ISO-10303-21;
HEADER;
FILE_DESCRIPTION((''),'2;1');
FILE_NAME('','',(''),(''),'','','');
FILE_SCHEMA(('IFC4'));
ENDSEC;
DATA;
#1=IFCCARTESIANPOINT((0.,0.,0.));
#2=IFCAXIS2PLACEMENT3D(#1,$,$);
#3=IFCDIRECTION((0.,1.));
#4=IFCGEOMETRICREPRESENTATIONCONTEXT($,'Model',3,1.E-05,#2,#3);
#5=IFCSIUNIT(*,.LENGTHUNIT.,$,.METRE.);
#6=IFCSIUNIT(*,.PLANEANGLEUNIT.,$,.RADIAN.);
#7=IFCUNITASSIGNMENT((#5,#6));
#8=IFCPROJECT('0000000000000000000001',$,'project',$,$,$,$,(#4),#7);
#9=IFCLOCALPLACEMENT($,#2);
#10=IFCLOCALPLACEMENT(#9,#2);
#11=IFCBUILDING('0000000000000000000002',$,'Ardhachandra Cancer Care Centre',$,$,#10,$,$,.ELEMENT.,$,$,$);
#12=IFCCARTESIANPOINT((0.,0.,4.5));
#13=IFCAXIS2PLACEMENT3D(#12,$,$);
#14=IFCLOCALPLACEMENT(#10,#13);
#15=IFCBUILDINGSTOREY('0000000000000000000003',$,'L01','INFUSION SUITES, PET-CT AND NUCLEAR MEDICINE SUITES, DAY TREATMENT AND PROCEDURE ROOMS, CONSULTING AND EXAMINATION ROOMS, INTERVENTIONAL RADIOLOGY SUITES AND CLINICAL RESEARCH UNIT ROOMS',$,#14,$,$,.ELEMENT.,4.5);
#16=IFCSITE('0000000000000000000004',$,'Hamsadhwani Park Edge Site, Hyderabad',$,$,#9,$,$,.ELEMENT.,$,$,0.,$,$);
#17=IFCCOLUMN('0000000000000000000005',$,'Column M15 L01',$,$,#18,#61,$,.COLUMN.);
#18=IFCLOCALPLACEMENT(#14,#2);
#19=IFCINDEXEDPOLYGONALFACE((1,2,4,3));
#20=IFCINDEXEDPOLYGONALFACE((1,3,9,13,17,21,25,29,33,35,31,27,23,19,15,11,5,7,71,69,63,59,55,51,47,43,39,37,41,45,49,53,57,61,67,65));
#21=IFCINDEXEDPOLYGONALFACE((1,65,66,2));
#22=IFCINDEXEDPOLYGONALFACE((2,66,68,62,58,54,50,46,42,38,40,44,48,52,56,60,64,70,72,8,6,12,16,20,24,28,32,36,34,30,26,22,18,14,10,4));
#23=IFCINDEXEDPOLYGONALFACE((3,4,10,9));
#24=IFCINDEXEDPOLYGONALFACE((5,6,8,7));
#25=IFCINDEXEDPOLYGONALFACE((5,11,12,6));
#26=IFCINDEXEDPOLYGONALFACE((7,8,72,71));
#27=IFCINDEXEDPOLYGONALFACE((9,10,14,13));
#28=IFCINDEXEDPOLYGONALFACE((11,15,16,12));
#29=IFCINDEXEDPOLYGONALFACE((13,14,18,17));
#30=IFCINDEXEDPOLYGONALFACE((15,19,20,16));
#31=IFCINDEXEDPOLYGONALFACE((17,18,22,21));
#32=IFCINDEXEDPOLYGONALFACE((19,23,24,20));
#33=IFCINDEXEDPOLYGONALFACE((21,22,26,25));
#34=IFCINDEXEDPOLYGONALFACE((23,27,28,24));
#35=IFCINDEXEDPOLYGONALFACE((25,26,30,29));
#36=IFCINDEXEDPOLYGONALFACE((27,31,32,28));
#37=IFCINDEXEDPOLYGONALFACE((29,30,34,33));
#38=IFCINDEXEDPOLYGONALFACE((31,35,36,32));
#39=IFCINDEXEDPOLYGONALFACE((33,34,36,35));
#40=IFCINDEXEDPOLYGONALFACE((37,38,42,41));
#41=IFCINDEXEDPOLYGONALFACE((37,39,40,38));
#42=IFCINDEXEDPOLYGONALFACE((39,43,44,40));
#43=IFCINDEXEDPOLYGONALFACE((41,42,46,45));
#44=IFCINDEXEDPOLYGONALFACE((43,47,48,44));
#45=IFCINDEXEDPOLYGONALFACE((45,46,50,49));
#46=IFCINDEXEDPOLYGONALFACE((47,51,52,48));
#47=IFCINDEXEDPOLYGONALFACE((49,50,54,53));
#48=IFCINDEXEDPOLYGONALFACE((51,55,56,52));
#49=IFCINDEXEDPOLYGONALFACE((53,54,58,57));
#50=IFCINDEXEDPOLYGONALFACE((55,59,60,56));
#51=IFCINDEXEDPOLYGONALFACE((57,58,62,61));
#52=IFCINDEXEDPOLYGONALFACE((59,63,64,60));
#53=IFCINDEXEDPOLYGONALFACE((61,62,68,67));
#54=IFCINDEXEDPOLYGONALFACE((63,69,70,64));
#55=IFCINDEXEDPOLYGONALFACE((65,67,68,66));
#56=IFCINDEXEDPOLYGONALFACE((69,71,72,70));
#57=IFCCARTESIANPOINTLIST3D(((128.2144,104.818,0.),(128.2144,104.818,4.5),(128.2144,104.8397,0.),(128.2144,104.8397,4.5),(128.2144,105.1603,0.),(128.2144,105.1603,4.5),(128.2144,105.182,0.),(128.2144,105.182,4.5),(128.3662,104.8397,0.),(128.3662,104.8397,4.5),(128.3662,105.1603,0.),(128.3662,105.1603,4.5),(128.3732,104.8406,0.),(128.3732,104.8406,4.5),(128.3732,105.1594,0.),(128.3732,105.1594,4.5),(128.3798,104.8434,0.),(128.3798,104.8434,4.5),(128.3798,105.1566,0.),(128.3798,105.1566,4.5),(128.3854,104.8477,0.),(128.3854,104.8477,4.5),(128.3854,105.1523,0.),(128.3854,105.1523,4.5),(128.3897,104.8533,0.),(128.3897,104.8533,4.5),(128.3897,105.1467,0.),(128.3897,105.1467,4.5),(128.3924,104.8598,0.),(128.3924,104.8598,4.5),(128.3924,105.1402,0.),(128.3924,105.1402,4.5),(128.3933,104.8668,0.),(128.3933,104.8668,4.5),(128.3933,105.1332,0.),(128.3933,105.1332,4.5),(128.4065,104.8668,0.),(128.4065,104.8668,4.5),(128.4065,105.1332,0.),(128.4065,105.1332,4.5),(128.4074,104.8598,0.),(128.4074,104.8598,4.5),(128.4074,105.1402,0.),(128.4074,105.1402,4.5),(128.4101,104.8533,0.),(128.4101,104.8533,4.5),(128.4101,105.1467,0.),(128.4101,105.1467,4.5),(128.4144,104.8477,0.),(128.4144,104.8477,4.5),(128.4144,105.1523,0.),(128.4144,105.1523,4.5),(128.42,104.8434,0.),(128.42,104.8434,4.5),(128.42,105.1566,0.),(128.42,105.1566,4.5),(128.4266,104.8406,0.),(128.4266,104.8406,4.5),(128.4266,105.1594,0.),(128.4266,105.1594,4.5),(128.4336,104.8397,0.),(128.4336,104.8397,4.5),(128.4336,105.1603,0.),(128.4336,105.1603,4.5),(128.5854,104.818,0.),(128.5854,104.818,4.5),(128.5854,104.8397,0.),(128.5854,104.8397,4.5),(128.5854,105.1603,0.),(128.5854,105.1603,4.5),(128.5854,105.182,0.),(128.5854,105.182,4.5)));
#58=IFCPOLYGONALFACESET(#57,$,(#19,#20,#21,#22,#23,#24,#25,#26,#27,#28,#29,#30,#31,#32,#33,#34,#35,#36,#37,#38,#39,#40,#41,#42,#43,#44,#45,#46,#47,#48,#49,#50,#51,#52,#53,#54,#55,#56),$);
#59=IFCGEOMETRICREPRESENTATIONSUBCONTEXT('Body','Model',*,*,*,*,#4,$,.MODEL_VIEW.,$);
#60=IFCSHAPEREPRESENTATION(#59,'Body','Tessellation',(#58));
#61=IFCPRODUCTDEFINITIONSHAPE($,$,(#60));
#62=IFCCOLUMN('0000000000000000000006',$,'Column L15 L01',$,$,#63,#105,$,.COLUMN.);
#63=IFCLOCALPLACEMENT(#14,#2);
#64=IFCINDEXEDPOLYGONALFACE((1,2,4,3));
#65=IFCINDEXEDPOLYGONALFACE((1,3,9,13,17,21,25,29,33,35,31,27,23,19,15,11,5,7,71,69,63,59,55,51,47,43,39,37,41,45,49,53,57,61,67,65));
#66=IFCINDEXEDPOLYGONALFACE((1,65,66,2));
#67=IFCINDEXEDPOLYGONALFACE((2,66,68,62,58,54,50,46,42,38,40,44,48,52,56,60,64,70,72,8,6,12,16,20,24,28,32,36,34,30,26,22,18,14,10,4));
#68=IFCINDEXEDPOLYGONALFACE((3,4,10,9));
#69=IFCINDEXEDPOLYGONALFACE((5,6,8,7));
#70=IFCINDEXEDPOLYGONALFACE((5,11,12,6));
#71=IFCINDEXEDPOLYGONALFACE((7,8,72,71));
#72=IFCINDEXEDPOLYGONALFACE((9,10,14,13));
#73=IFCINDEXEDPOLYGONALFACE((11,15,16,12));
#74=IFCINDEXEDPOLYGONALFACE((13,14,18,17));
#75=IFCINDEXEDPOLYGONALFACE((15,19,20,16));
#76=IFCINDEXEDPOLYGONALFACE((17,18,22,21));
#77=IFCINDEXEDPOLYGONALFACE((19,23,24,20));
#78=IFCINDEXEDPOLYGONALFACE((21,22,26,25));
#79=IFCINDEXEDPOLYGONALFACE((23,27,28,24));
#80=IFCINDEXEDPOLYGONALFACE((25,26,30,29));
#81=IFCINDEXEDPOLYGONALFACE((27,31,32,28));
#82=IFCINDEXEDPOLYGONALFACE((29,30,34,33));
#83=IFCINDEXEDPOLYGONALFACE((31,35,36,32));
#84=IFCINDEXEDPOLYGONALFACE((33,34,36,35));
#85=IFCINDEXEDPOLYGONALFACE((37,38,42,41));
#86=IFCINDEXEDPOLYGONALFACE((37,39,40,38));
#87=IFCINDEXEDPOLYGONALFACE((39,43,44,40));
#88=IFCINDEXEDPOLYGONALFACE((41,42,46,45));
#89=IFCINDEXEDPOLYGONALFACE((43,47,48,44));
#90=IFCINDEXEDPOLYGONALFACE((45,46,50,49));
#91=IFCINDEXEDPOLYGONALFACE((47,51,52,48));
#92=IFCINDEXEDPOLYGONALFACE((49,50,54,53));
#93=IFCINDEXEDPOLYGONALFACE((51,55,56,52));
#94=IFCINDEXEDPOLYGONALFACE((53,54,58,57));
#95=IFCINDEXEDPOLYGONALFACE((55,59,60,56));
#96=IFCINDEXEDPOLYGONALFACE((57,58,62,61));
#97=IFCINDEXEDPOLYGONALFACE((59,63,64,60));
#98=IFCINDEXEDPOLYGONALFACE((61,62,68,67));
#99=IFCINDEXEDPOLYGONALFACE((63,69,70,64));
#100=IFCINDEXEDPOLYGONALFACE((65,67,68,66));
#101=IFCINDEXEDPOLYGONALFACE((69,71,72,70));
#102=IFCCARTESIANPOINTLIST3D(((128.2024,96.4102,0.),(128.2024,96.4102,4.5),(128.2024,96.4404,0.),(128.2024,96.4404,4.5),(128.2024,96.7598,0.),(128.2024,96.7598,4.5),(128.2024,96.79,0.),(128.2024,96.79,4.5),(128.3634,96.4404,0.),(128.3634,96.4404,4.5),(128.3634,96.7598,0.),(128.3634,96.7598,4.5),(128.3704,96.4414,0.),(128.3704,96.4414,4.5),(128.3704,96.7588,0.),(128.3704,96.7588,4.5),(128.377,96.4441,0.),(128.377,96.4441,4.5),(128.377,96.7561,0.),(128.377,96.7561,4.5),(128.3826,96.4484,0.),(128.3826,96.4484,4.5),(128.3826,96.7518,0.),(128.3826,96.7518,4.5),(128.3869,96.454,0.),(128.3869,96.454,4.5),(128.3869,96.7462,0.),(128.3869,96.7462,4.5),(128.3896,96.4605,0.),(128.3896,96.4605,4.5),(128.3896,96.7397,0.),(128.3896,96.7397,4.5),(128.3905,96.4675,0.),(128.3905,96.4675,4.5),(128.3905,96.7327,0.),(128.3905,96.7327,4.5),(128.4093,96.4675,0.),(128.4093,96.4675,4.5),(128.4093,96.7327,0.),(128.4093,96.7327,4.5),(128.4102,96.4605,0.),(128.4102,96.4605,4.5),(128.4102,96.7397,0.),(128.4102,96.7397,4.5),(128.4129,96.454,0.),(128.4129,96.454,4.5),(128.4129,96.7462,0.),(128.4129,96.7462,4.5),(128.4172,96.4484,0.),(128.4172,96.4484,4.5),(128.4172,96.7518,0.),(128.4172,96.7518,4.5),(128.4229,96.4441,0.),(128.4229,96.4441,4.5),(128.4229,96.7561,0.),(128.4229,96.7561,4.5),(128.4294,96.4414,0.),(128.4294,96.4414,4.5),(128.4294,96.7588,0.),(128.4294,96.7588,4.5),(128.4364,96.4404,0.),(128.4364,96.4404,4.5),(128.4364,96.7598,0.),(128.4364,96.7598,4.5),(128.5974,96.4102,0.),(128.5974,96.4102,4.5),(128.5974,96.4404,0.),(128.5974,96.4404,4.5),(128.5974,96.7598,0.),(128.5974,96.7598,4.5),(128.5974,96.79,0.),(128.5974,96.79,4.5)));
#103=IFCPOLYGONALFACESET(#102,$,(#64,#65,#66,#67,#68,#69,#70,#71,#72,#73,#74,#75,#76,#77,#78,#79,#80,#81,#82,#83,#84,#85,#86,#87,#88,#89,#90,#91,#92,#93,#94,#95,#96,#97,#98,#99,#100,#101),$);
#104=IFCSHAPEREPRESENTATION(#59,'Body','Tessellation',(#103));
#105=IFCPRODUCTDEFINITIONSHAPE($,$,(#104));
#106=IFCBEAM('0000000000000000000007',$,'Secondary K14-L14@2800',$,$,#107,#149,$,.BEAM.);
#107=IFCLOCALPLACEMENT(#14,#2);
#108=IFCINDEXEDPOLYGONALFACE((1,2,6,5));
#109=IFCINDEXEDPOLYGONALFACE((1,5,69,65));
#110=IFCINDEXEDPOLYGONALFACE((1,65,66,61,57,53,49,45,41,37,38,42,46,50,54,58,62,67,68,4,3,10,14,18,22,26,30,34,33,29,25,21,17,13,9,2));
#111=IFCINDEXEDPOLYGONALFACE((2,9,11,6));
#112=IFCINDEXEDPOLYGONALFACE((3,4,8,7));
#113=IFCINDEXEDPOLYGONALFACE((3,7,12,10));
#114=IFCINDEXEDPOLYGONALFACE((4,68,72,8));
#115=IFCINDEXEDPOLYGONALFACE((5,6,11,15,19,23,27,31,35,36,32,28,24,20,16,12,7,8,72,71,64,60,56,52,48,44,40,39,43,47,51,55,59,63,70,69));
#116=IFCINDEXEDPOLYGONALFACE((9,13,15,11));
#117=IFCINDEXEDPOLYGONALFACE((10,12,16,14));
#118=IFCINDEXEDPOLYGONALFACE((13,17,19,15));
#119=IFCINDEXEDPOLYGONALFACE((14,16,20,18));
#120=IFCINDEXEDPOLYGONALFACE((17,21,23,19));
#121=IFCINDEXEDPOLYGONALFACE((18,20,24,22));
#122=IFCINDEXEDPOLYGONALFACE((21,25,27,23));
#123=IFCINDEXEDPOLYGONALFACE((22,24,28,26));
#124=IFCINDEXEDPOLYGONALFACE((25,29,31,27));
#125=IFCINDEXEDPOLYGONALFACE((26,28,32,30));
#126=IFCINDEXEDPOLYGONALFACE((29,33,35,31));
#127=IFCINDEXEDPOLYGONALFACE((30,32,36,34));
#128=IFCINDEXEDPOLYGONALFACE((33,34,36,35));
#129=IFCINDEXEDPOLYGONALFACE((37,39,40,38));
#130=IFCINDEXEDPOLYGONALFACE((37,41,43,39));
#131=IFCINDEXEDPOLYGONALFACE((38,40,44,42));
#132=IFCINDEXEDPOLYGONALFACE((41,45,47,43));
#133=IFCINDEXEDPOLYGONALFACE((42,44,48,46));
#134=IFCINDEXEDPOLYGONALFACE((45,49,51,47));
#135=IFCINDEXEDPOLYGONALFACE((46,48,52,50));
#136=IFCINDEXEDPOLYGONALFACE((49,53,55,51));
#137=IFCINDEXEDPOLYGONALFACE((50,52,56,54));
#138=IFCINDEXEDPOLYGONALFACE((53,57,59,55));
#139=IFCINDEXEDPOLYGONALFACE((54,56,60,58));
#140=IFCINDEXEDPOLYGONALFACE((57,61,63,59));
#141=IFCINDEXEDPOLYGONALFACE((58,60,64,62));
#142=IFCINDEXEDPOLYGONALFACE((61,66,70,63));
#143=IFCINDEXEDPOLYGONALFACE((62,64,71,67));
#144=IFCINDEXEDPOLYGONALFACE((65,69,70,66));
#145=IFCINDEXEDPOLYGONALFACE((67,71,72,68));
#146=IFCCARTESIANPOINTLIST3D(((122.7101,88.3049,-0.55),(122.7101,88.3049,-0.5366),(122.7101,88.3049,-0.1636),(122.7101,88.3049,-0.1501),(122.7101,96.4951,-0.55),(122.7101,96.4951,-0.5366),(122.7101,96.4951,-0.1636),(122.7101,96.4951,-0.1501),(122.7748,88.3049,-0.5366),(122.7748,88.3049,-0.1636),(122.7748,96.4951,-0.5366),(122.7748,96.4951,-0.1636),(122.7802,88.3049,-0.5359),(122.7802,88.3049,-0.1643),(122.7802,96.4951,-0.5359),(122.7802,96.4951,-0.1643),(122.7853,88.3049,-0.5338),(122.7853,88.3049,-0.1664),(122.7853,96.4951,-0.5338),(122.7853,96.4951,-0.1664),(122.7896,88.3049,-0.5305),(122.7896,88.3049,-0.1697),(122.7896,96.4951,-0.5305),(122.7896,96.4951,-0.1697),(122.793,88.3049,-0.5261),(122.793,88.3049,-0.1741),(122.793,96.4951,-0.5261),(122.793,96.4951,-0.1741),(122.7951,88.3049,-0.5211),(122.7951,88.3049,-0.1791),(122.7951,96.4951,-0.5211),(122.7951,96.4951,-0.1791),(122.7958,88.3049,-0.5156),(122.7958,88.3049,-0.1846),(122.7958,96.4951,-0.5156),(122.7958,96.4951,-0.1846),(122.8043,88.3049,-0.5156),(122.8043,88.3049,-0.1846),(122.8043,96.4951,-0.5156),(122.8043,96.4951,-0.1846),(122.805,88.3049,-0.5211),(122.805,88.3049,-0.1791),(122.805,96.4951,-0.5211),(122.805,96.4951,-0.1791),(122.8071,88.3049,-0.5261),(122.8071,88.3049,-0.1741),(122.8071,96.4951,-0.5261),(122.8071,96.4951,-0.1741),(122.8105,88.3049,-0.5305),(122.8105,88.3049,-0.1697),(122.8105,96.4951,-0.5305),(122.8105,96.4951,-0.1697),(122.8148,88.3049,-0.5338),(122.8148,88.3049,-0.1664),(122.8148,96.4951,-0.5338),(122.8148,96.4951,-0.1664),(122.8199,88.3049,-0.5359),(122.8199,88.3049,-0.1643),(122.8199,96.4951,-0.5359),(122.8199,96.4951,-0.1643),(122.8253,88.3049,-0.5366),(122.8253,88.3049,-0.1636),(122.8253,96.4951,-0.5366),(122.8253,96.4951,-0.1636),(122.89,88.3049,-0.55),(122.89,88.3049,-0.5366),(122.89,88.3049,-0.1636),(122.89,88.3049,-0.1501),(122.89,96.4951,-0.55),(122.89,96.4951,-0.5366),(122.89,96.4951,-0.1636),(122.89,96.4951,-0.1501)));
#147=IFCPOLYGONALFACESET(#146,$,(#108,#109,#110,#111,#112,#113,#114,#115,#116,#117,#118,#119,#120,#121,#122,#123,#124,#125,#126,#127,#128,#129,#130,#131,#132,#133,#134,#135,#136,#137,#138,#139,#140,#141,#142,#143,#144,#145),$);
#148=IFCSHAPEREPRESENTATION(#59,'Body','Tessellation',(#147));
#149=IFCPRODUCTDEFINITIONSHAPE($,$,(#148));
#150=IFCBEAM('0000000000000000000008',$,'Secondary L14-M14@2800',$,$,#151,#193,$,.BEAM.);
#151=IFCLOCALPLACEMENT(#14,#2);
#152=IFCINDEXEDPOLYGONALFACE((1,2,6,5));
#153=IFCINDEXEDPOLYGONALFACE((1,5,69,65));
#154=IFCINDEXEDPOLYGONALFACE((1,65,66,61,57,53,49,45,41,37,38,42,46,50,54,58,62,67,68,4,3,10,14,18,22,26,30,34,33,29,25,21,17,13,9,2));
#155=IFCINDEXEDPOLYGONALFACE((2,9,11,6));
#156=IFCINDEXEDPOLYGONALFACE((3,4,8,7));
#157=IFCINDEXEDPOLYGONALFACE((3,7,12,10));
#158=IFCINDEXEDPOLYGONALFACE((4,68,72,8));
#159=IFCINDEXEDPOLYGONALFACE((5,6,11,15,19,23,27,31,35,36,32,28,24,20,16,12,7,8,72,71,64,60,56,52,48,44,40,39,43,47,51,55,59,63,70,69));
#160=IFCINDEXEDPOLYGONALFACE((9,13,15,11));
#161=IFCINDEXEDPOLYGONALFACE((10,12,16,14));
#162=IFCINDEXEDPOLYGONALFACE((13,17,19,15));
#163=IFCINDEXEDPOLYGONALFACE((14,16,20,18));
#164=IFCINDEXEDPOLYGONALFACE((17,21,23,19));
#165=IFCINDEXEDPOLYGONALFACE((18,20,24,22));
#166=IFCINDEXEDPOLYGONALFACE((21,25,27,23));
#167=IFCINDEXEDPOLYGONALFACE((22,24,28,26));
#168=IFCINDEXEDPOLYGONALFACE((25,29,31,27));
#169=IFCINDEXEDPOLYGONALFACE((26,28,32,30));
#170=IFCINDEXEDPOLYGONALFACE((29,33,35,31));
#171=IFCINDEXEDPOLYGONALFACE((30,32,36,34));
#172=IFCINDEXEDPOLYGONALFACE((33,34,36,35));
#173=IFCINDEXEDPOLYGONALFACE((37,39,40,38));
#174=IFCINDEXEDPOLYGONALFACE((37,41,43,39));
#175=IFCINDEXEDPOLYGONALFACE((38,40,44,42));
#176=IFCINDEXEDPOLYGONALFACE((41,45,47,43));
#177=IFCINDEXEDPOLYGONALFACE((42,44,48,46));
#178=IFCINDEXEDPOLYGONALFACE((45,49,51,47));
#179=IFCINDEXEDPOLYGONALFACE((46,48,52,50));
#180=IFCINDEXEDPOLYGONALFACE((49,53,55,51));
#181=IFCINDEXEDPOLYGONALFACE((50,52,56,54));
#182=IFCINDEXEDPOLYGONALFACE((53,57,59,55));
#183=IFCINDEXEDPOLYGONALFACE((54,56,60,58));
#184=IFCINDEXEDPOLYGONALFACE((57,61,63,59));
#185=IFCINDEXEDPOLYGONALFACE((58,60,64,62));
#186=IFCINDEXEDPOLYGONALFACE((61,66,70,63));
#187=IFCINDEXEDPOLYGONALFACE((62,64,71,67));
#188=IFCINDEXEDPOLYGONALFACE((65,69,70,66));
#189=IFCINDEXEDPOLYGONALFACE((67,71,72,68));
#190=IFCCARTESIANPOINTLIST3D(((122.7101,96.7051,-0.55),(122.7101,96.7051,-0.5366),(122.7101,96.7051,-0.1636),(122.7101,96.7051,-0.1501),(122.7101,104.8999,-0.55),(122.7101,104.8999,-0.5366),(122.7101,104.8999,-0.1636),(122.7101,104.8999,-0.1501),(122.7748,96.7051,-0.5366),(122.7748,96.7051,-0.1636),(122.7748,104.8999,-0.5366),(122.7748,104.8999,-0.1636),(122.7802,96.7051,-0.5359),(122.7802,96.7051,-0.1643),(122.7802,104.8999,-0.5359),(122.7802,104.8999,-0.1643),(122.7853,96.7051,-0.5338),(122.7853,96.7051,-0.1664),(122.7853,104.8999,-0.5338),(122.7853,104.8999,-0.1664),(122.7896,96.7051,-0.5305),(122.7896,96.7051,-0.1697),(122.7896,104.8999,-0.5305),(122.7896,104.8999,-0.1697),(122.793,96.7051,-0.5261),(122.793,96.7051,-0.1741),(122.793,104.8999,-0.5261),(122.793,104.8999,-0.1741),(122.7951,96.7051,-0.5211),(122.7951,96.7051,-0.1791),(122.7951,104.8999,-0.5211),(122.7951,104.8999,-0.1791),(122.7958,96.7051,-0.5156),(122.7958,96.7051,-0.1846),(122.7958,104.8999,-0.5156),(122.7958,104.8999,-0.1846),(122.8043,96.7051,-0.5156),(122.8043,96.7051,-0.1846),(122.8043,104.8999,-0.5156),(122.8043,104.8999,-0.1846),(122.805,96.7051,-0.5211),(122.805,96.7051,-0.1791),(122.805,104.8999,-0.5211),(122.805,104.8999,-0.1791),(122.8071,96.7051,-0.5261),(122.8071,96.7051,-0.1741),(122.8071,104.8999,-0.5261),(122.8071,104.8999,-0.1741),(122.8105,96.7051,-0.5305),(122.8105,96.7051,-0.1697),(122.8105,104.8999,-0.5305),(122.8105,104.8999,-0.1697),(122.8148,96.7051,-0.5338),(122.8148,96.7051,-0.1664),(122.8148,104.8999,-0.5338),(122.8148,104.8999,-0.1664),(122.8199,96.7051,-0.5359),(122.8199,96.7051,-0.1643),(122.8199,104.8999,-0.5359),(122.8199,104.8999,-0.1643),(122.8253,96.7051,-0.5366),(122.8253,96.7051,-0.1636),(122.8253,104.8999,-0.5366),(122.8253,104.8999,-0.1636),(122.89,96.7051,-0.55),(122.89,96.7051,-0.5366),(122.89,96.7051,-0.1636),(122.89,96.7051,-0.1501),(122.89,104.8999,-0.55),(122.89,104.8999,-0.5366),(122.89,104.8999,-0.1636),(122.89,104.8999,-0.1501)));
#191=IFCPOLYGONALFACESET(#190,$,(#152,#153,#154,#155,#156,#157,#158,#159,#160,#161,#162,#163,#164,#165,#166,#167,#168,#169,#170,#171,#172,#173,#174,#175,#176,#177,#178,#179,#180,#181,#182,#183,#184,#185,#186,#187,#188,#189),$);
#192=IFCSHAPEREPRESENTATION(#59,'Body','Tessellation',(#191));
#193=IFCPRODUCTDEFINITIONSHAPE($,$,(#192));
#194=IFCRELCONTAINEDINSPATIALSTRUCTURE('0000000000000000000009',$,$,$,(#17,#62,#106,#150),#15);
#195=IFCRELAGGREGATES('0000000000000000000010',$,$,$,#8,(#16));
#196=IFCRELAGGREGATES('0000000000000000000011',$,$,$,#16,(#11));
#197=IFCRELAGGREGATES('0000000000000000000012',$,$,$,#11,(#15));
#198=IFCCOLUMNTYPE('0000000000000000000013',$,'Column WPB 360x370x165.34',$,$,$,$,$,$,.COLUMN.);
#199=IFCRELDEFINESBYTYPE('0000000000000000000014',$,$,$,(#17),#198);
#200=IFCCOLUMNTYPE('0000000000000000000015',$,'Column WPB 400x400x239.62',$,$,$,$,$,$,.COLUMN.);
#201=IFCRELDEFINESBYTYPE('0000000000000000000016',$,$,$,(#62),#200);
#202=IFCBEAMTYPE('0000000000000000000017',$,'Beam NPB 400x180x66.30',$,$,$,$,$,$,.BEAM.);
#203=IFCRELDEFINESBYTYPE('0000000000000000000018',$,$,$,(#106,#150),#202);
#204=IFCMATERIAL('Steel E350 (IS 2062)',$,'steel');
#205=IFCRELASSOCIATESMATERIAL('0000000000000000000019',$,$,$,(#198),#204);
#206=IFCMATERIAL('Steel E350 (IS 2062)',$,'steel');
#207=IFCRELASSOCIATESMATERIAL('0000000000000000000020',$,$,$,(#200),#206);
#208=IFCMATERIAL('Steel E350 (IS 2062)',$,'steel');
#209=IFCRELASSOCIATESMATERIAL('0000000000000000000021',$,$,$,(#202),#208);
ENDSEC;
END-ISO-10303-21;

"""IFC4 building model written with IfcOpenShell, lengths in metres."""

from ifc_helpers import new_model, si_unit, direction, frame, origin, origin_2d, place, context, subcontext, project, spatial, i_section, extrude, material, material_profile, profile_set, type_object, element, save


model = new_model("IFC4")

# Units and contexts
model_context = context("Model", 3, precision=1e-05, world=origin(), true_north=direction((0.0, 1.0)))
body_context = subcontext(model_context, "Body", "Model", "MODEL_VIEW")
ifc_project = project(units=[si_unit("LENGTHUNIT", "METRE"), si_unit("PLANEANGLEUNIT", "RADIAN")], contexts=[model_context])

# Site, building, storey
site_placement = place(None, origin())
site = spatial("IfcSite", under=ifc_project, at=site_placement, Name="Hamsadhwani Park Edge Site, Hyderabad", CompositionType="ELEMENT", RefElevation=0.0)
building_placement = place(site_placement, origin())
building = spatial("IfcBuilding", under=site, at=building_placement, Name="Ardhachandra Cancer Care Centre", CompositionType="ELEMENT")
storey_placement = place(building_placement, frame((0.0, 0.0, 4.5)))
storey = spatial("IfcBuildingStorey", under=building, at=storey_placement, Name="L01", Description="INFUSION SUITES, PET-CT AND NUCLEAR MEDICINE SUITES, DAY TREATMENT AND PROCEDURE ROOMS, CONSULTING AND EXAMINATION ROOMS, INTERVENTIONAL RADIOLOGY SUITES AND CLINICAL RESEARCH UNIT ROOMS", CompositionType="ELEMENT", Elevation=4.5)

# Columns
ifc_material_1 = material(Name="Steel E350 (IS 2062)", Category="steel")
ifc_material_profile_1 = material_profile(ifc_material_1, i_section(OverallWidth=0.3711, OverallDepth=0.364, WebThickness=0.0132, FlangeThickness=0.0217, FilletRadius=0.0271, at=origin_2d()), Name="WPB 360x370x165.34")
ifc_profile_set_1 = profile_set([ifc_material_profile_1], Name="Steel E350 (IS 2062)")
column_type_1 = type_object("IfcColumnType", Name="Column WPB 360x370x165.34", PredefinedType="COLUMN", material=ifc_profile_set_1)
column_1_placement = place(storey_placement, frame((128.3999, 105.0, 0.0), z_axis=(0.0, 0.0, 1.0), x_axis=(1.0, 0.0, 0.0)))
element("IfcColumn", 1, at=column_1_placement, inside=storey, type_object=column_type_1, Name="Column M15 L01", PredefinedType="COLUMN", context=body_context, shape_type="SweptSolid", body=[
    extrude(i_section(OverallWidth=0.3711, OverallDepth=0.364, WebThickness=0.0132, FlangeThickness=0.0217, FilletRadius=0.0271, at=origin_2d()), origin(), (0.0, 0.0, 1.0), 4.5),
])
ifc_material_2 = material(Name="Steel E350 (IS 2062)", Category="steel")
ifc_material_profile_2 = material_profile(ifc_material_2, i_section(OverallWidth=0.395, OverallDepth=0.3799, WebThickness=0.0188, FlangeThickness=0.0303, FilletRadius=0.0271, at=origin_2d()), Name="WPB 400x400x239.62")
ifc_profile_set_2 = profile_set([ifc_material_profile_2], Name="Steel E350 (IS 2062)")
column_type_2 = type_object("IfcColumnType", Name="Column WPB 400x400x239.62", PredefinedType="COLUMN", material=ifc_profile_set_2)
column_2_placement = place(storey_placement, frame((128.3999, 96.6001, 0.0), z_axis=(0.0, 0.0, 1.0), x_axis=(1.0, 0.0, 0.0)))
element("IfcColumn", 2, at=column_2_placement, inside=storey, type_object=column_type_2, Name="Column L15 L01", PredefinedType="COLUMN", context=body_context, shape_type="SweptSolid", body=[
    extrude(i_section(OverallWidth=0.395, OverallDepth=0.3799, WebThickness=0.0188, FlangeThickness=0.0303, FilletRadius=0.0271, at=origin_2d()), origin(), (0.0, 0.0, 1.0), 4.5),
])

# Beams
ifc_material_3 = material(Name="Steel E350 (IS 2062)", Category="steel")
ifc_material_profile_3 = material_profile(ifc_material_3, i_section(OverallWidth=0.1799, OverallDepth=0.3999, WebThickness=0.0085, FlangeThickness=0.0134, FilletRadius=0.021, at=origin_2d()), Name="NPB 400x180x66.30")
ifc_profile_set_3 = profile_set([ifc_material_profile_3], Name="Steel E350 (IS 2062)")
beam_type_1 = type_object("IfcBeamType", Name="Beam NPB 400x180x66.30", PredefinedType="BEAM", material=ifc_profile_set_3)
beam_1_placement = place(storey_placement, frame((122.8, 88.3049, -0.3501), z_axis=(0.0, 1.0, 0.0), x_axis=(-1.0, 0.0, 0.0)))
element("IfcBeam", 3, at=beam_1_placement, inside=storey, type_object=beam_type_1, Name="Secondary K14-L14@2800", PredefinedType="BEAM", context=body_context, shape_type="SweptSolid", body=[
    extrude(i_section(OverallWidth=0.1799, OverallDepth=0.3999, WebThickness=0.0085, FlangeThickness=0.0134, FilletRadius=0.021, at=origin_2d()), origin(), (0.0, 0.0, 1.0), 8.1902),
])
beam_2_placement = place(storey_placement, frame((122.8, 96.7051, -0.3501), z_axis=(0.0, 1.0, 0.0), x_axis=(-1.0, 0.0, 0.0)))
element("IfcBeam", 4, at=beam_2_placement, inside=storey, type_object=beam_type_1, Name="Secondary L14-M14@2800", PredefinedType="BEAM", context=body_context, shape_type="SweptSolid", body=[
    extrude(i_section(OverallWidth=0.1799, OverallDepth=0.3999, WebThickness=0.0085, FlangeThickness=0.0134, FilletRadius=0.021, at=origin_2d()), origin(), (0.0, 0.0, 1.0), 8.1948),
])

save(model, "model.ifc")
